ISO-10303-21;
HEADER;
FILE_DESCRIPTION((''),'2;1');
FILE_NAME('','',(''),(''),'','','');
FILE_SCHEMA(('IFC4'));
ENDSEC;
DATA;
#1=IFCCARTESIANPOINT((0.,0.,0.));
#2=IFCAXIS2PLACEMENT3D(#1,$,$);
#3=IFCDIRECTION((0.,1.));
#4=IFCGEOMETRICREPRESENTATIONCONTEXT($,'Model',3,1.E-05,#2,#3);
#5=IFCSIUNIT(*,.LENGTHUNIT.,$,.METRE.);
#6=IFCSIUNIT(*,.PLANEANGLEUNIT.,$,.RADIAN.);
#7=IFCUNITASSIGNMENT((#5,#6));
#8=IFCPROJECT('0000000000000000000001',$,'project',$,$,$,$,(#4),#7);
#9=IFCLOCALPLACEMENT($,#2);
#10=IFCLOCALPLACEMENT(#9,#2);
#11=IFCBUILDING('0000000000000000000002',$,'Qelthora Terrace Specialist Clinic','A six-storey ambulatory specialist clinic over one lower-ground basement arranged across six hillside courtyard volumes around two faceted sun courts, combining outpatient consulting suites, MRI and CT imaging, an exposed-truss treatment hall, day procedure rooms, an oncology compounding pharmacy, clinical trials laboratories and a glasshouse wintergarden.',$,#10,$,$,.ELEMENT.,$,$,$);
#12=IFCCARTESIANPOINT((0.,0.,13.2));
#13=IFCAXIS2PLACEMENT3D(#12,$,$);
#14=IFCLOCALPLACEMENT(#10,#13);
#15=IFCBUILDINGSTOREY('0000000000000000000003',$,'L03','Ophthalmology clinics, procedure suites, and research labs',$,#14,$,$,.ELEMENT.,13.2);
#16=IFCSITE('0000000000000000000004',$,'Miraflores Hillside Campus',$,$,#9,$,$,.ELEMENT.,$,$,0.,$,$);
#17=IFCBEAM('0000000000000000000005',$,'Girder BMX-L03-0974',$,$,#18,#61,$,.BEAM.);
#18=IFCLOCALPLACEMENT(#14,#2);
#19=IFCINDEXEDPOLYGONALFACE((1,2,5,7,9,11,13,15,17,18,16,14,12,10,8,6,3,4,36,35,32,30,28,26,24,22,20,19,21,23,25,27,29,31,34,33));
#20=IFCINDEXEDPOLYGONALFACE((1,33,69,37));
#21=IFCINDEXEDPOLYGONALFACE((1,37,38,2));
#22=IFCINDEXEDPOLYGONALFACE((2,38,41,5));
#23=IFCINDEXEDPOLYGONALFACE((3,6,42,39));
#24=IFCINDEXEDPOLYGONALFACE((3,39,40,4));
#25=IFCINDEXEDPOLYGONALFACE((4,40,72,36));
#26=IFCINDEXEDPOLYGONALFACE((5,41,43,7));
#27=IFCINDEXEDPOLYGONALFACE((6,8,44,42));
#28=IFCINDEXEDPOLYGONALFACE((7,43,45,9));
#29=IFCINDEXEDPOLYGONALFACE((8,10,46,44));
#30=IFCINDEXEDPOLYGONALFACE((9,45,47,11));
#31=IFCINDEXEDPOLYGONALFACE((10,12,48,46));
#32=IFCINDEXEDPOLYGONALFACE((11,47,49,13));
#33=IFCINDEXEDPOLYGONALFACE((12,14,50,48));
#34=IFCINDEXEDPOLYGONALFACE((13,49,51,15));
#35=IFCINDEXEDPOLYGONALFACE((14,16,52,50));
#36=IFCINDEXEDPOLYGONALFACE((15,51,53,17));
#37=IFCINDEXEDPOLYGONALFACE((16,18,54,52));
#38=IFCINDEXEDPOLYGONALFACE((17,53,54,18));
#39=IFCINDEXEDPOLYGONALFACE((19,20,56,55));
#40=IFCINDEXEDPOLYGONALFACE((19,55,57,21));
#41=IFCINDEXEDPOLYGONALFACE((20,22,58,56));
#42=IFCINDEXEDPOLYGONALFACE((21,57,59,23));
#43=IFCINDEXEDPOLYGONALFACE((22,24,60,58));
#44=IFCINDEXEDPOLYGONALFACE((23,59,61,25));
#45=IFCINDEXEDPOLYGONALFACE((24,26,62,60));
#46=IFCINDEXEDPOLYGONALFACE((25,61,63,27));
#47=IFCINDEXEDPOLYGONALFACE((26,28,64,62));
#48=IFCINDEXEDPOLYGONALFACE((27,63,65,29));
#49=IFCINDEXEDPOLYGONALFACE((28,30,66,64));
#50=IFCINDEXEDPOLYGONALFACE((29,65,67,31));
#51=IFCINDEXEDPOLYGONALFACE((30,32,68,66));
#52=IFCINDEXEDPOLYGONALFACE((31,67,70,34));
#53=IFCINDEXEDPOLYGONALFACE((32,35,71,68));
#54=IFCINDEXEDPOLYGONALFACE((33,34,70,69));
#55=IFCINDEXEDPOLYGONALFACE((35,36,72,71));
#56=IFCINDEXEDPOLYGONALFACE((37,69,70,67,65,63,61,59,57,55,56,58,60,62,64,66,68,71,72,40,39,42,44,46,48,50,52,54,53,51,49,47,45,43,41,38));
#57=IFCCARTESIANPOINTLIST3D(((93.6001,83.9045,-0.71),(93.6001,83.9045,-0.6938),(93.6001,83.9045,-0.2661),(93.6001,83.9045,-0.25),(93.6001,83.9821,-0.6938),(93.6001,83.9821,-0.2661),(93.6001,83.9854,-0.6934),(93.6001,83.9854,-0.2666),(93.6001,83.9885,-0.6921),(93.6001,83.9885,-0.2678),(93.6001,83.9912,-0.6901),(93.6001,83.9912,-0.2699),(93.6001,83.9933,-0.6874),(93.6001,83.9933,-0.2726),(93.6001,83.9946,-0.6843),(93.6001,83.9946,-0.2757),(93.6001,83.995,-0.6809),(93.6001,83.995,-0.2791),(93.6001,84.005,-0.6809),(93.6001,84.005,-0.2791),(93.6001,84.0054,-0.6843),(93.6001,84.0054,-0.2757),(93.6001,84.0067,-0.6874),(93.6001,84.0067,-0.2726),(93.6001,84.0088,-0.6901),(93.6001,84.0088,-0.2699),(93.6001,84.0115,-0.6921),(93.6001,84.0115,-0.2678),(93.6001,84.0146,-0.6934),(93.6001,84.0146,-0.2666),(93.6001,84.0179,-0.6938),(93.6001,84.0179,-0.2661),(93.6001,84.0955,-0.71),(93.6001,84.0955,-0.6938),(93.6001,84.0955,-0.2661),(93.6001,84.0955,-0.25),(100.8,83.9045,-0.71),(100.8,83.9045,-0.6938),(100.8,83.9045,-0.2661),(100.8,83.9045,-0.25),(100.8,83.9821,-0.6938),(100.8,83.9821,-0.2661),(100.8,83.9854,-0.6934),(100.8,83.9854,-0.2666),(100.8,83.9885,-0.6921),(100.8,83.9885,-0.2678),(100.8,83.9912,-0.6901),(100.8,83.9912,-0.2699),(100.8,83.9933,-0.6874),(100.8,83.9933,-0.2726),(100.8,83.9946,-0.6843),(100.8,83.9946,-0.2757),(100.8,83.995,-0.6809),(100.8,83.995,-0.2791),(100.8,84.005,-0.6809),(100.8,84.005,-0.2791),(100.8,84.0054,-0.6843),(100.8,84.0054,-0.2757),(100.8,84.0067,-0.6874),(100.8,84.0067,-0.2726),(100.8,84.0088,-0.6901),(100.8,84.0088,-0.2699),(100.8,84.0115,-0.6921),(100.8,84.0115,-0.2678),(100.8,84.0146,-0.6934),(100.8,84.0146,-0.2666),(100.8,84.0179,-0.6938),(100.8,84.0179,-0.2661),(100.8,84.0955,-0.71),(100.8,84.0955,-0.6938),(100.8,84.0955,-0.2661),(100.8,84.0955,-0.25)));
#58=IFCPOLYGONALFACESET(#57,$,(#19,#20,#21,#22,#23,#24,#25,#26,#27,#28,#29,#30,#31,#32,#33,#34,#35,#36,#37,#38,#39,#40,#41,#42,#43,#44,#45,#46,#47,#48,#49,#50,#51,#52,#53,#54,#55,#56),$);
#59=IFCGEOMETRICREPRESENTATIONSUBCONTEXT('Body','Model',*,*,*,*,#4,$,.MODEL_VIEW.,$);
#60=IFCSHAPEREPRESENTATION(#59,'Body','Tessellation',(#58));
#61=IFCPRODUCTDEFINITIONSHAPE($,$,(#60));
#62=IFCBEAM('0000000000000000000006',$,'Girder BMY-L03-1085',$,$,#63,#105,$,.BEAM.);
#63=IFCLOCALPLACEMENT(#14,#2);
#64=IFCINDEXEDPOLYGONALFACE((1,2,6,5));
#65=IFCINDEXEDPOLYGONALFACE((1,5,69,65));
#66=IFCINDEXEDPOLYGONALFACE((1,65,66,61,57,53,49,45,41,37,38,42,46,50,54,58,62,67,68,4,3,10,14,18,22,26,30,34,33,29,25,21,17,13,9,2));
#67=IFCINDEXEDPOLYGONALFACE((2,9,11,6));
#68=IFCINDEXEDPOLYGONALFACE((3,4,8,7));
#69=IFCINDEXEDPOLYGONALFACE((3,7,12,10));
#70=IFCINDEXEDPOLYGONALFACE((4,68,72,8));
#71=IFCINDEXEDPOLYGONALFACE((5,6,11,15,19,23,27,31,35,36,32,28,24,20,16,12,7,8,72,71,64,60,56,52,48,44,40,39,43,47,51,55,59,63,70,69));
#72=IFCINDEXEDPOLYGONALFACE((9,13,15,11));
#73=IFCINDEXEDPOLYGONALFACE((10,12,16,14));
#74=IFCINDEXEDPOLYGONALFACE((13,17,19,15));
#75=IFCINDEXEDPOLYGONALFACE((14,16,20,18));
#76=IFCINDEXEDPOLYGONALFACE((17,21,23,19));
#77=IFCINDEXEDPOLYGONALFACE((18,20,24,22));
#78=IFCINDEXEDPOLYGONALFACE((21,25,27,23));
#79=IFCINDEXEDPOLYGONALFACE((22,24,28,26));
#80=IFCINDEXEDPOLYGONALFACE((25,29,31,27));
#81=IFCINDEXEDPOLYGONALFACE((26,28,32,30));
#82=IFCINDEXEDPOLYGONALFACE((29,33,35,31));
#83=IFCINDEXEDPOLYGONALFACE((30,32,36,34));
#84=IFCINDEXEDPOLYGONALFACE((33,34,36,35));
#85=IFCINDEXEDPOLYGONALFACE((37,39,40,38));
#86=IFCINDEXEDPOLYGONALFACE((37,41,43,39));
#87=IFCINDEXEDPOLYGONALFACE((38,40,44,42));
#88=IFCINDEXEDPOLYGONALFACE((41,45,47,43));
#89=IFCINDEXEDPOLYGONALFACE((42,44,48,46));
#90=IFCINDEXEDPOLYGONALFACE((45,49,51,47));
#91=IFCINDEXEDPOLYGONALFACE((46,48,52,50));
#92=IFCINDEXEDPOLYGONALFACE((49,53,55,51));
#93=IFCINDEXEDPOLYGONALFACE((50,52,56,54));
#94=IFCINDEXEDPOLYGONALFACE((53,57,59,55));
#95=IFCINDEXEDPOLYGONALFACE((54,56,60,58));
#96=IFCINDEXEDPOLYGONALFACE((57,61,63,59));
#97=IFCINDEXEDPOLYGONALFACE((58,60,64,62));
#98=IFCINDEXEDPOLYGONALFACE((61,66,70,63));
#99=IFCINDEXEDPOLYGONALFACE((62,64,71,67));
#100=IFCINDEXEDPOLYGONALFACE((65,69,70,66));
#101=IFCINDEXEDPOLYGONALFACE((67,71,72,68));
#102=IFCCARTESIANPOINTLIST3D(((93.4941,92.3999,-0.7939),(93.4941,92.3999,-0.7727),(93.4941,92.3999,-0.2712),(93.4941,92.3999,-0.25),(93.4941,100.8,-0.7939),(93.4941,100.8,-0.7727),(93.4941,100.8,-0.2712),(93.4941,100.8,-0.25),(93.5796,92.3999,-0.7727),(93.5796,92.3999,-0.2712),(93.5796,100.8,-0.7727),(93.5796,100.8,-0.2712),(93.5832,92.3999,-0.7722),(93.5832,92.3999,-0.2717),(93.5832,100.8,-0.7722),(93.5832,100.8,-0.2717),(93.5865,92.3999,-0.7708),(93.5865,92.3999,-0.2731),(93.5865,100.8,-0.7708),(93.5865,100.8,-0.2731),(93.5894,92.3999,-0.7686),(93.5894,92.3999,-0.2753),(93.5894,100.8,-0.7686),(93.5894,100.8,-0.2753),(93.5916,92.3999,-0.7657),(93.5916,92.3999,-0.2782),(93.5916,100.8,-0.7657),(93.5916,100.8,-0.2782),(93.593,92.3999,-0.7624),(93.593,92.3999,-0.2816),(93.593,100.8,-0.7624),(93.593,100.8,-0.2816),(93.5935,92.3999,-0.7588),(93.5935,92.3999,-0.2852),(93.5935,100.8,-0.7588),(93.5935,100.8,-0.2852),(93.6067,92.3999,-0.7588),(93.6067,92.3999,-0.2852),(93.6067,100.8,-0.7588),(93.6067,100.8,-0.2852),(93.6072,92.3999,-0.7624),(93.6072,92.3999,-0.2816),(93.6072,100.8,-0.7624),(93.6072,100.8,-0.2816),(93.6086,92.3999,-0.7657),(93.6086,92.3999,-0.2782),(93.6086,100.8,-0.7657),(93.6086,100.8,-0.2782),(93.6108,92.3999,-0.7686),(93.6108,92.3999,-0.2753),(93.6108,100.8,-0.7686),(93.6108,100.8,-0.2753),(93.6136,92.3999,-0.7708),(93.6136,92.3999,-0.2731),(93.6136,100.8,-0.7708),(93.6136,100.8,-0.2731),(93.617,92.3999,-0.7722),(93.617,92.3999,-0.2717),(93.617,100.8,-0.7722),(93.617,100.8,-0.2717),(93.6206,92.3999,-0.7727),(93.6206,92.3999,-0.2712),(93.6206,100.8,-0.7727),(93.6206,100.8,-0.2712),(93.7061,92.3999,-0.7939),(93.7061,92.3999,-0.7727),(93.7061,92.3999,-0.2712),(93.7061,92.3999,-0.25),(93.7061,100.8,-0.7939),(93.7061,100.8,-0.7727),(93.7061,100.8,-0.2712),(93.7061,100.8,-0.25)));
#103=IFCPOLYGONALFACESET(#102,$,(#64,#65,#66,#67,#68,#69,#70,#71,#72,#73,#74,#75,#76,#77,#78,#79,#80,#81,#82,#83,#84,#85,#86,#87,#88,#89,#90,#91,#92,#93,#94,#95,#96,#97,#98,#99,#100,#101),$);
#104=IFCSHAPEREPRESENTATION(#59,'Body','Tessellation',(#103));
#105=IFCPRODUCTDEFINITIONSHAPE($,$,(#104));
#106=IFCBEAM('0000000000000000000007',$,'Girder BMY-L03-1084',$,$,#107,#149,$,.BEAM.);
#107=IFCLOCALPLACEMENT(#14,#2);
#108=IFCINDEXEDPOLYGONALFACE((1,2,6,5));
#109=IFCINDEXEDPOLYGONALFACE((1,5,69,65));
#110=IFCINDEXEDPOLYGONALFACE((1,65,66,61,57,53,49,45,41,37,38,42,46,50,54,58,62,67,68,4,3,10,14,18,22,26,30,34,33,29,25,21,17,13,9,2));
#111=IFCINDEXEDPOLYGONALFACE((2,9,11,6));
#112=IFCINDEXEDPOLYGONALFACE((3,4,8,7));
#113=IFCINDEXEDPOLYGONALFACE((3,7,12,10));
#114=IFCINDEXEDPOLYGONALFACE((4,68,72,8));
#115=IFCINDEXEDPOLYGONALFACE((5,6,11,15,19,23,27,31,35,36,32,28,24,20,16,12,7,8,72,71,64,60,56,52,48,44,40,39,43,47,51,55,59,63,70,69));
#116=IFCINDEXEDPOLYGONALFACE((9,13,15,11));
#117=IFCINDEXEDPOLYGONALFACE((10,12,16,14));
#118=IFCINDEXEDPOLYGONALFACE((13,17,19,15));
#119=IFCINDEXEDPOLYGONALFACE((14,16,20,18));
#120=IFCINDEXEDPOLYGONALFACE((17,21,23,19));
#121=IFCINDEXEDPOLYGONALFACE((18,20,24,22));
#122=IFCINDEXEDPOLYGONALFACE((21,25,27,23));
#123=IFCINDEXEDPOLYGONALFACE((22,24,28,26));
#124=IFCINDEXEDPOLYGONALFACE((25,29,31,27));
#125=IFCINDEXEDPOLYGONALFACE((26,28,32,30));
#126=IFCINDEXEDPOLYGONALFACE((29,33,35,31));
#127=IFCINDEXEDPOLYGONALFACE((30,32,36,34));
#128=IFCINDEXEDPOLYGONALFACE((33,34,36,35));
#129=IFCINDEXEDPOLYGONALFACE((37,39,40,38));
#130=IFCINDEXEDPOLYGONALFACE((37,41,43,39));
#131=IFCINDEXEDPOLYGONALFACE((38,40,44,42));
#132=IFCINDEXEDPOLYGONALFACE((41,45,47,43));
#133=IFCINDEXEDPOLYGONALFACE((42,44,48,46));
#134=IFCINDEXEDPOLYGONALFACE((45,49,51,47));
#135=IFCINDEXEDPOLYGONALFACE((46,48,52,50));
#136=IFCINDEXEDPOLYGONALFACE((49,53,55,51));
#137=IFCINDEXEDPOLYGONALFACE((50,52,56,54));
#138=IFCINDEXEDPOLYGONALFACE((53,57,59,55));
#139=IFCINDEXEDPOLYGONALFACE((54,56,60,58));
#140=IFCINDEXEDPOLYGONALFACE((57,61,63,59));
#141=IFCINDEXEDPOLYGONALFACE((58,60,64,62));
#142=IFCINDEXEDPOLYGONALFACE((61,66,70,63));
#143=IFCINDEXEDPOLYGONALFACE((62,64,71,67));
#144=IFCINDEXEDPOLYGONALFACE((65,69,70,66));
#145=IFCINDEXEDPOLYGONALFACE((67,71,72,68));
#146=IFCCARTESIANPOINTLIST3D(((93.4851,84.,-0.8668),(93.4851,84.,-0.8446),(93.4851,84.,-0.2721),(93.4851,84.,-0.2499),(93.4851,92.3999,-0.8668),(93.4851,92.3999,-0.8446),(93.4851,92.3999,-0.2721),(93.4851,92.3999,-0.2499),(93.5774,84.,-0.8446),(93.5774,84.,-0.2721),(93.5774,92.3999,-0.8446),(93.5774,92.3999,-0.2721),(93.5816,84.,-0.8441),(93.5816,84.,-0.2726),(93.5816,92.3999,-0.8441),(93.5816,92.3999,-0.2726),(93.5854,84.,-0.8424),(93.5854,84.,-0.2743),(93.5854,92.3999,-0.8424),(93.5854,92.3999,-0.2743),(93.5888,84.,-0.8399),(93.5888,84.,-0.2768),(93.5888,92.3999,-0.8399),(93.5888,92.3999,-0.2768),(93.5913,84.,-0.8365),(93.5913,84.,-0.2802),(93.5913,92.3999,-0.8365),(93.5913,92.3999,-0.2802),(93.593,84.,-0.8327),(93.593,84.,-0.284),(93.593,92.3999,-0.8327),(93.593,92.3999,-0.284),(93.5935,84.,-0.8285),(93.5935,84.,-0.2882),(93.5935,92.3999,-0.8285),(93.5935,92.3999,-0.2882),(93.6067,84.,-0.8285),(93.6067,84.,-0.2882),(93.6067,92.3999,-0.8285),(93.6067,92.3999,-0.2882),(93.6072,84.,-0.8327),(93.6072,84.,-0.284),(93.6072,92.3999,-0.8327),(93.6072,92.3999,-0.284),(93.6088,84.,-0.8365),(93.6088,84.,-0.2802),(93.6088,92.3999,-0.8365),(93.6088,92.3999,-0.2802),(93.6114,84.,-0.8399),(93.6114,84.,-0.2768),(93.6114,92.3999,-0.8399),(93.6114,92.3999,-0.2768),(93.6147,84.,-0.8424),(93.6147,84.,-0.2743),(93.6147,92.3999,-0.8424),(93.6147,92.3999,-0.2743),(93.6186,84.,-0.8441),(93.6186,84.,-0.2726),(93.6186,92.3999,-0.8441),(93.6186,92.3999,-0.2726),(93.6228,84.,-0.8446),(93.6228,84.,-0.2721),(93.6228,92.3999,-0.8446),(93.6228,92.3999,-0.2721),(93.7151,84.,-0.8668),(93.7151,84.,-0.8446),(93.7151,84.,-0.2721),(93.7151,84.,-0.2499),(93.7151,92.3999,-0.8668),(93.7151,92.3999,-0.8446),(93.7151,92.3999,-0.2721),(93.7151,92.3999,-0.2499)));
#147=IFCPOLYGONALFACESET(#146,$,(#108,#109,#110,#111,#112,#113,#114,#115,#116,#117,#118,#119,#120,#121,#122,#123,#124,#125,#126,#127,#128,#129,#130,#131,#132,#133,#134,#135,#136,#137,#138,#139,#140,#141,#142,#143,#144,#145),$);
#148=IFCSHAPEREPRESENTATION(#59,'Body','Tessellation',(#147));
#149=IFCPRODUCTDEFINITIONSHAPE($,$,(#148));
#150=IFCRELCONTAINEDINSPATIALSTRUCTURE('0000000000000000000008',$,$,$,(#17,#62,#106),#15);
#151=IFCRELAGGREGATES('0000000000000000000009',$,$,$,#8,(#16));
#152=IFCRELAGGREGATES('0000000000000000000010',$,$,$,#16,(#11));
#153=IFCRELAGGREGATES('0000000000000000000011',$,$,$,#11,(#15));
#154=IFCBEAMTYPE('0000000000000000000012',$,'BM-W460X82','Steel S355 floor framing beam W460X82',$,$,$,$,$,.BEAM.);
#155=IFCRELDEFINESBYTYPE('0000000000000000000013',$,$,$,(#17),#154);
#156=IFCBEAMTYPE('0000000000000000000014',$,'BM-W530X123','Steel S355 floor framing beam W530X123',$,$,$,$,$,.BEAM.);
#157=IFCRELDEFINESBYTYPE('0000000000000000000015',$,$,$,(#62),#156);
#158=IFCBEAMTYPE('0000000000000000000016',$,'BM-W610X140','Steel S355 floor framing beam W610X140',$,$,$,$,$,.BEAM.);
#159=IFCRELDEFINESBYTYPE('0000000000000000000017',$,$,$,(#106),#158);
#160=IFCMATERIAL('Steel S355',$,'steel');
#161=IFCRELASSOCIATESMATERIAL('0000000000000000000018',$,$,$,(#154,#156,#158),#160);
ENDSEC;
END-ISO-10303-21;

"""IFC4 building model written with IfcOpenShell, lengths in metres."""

from ifc_helpers import new_model, si_unit, direction, frame, origin, origin_2d, place, context, subcontext, project, spatial, i_section, extrude, material, material_profile, profile_set, type_object, element, save


model = new_model("IFC4")

# Units and contexts
model_context = context("Model", 3, precision=1e-05, world=origin(), true_north=direction((0.0, 1.0)))
body_context = subcontext(model_context, "Body", "Model", "MODEL_VIEW")
ifc_project = project(units=[si_unit("LENGTHUNIT", "METRE"), si_unit("PLANEANGLEUNIT", "RADIAN")], contexts=[model_context])

# Site, building, storey
site_placement = place(None, origin())
site = spatial("IfcSite", under=ifc_project, at=site_placement, Name="Miraflores Hillside Campus", CompositionType="ELEMENT", RefElevation=0.0)
building_placement = place(site_placement, origin())
building = spatial("IfcBuilding", under=site, at=building_placement, Name="Qelthora Terrace Specialist Clinic", Description="A six-storey ambulatory specialist clinic over one lower-ground basement arranged across six hillside courtyard volumes around two faceted sun courts, combining outpatient consulting suites, MRI and CT imaging, an exposed-truss treatment hall, day procedure rooms, an oncology compounding pharmacy, clinical trials laboratories and a glasshouse wintergarden.", CompositionType="ELEMENT")
storey_placement = place(building_placement, frame((0.0, 0.0, 13.2)))
storey = spatial("IfcBuildingStorey", under=building, at=storey_placement, Name="L03", Description="Ophthalmology clinics, procedure suites, and research labs", CompositionType="ELEMENT", Elevation=13.2)

# Shared definitions
ifc_material_1 = material(Name="Steel S355", Category="steel")

# Beams
ifc_material_profile_1 = material_profile(ifc_material_1, i_section(OverallWidth=0.1909, OverallDepth=0.46, WebThickness=0.01, FlangeThickness=0.0161, FilletRadius=0.0129, at=origin_2d()), Name="W460X82")
ifc_profile_set_1 = profile_set([ifc_material_profile_1], Name="Steel S355")
beam_type_1 = type_object("IfcBeamType", Name="BM-W460X82", Description="Steel S355 floor framing beam W460X82", PredefinedType="BEAM", material=ifc_profile_set_1)
beam_1_placement = place(storey_placement, frame((93.6001, 84.0, -0.48), z_axis=(1.0, 0.0, 0.0), x_axis=(0.0, 1.0, 0.0)))
element("IfcBeam", 1, at=beam_1_placement, inside=storey, type_object=beam_type_1, Name="Girder BMX-L03-0974", PredefinedType="BEAM", context=body_context, shape_type="SweptSolid", body=[
    extrude(i_section(OverallWidth=0.1909, OverallDepth=0.46, WebThickness=0.01, FlangeThickness=0.0161, FilletRadius=0.0129, at=origin_2d()), origin(), (0.0, 0.0, 1.0), 7.2),
])
ifc_material_profile_2 = material_profile(ifc_material_1, i_section(OverallWidth=0.2119, OverallDepth=0.5439, WebThickness=0.0132, FlangeThickness=0.0212, FilletRadius=0.0139, at=origin_2d()), Name="W530X123")
ifc_profile_set_2 = profile_set([ifc_material_profile_2], Name="Steel S355")
beam_type_2 = type_object("IfcBeamType", Name="BM-W530X123", Description="Steel S355 floor framing beam W530X123", PredefinedType="BEAM", material=ifc_profile_set_2)
beam_2_placement = place(storey_placement, frame((93.6001, 92.3999, -0.522), z_axis=(0.0, 1.0, 0.0), x_axis=(-1.0, 0.0, 0.0)))
element("IfcBeam", 2, at=beam_2_placement, inside=storey, type_object=beam_type_2, Name="Girder BMY-L03-1085", PredefinedType="BEAM", context=body_context, shape_type="SweptSolid", body=[
    extrude(i_section(OverallWidth=0.2119, OverallDepth=0.5439, WebThickness=0.0132, FlangeThickness=0.0212, FilletRadius=0.0139, at=origin_2d()), origin(), (0.0, 0.0, 1.0), 8.4001),
])
ifc_material_profile_3 = material_profile(ifc_material_1, i_section(OverallWidth=0.23, OverallDepth=0.6169, WebThickness=0.0132, FlangeThickness=0.0222, FilletRadius=0.0161, at=origin_2d()), Name="W610X140")
ifc_profile_set_3 = profile_set([ifc_material_profile_3], Name="Steel S355")
beam_type_3 = type_object("IfcBeamType", Name="BM-W610X140", Description="Steel S355 floor framing beam W610X140", PredefinedType="BEAM", material=ifc_profile_set_3)
beam_3_placement = place(storey_placement, frame((93.6001, 84.0, -0.5583), z_axis=(0.0, 1.0, 0.0), x_axis=(-1.0, 0.0, 0.0)))
element("IfcBeam", 3, at=beam_3_placement, inside=storey, type_object=beam_type_3, Name="Girder BMY-L03-1084", PredefinedType="BEAM", context=body_context, shape_type="SweptSolid", body=[
    extrude(i_section(OverallWidth=0.23, OverallDepth=0.6169, WebThickness=0.0132, FlangeThickness=0.0222, FilletRadius=0.0161, at=origin_2d()), origin(), (0.0, 0.0, 1.0), 8.3999),
])

save(model, "model.ifc")
